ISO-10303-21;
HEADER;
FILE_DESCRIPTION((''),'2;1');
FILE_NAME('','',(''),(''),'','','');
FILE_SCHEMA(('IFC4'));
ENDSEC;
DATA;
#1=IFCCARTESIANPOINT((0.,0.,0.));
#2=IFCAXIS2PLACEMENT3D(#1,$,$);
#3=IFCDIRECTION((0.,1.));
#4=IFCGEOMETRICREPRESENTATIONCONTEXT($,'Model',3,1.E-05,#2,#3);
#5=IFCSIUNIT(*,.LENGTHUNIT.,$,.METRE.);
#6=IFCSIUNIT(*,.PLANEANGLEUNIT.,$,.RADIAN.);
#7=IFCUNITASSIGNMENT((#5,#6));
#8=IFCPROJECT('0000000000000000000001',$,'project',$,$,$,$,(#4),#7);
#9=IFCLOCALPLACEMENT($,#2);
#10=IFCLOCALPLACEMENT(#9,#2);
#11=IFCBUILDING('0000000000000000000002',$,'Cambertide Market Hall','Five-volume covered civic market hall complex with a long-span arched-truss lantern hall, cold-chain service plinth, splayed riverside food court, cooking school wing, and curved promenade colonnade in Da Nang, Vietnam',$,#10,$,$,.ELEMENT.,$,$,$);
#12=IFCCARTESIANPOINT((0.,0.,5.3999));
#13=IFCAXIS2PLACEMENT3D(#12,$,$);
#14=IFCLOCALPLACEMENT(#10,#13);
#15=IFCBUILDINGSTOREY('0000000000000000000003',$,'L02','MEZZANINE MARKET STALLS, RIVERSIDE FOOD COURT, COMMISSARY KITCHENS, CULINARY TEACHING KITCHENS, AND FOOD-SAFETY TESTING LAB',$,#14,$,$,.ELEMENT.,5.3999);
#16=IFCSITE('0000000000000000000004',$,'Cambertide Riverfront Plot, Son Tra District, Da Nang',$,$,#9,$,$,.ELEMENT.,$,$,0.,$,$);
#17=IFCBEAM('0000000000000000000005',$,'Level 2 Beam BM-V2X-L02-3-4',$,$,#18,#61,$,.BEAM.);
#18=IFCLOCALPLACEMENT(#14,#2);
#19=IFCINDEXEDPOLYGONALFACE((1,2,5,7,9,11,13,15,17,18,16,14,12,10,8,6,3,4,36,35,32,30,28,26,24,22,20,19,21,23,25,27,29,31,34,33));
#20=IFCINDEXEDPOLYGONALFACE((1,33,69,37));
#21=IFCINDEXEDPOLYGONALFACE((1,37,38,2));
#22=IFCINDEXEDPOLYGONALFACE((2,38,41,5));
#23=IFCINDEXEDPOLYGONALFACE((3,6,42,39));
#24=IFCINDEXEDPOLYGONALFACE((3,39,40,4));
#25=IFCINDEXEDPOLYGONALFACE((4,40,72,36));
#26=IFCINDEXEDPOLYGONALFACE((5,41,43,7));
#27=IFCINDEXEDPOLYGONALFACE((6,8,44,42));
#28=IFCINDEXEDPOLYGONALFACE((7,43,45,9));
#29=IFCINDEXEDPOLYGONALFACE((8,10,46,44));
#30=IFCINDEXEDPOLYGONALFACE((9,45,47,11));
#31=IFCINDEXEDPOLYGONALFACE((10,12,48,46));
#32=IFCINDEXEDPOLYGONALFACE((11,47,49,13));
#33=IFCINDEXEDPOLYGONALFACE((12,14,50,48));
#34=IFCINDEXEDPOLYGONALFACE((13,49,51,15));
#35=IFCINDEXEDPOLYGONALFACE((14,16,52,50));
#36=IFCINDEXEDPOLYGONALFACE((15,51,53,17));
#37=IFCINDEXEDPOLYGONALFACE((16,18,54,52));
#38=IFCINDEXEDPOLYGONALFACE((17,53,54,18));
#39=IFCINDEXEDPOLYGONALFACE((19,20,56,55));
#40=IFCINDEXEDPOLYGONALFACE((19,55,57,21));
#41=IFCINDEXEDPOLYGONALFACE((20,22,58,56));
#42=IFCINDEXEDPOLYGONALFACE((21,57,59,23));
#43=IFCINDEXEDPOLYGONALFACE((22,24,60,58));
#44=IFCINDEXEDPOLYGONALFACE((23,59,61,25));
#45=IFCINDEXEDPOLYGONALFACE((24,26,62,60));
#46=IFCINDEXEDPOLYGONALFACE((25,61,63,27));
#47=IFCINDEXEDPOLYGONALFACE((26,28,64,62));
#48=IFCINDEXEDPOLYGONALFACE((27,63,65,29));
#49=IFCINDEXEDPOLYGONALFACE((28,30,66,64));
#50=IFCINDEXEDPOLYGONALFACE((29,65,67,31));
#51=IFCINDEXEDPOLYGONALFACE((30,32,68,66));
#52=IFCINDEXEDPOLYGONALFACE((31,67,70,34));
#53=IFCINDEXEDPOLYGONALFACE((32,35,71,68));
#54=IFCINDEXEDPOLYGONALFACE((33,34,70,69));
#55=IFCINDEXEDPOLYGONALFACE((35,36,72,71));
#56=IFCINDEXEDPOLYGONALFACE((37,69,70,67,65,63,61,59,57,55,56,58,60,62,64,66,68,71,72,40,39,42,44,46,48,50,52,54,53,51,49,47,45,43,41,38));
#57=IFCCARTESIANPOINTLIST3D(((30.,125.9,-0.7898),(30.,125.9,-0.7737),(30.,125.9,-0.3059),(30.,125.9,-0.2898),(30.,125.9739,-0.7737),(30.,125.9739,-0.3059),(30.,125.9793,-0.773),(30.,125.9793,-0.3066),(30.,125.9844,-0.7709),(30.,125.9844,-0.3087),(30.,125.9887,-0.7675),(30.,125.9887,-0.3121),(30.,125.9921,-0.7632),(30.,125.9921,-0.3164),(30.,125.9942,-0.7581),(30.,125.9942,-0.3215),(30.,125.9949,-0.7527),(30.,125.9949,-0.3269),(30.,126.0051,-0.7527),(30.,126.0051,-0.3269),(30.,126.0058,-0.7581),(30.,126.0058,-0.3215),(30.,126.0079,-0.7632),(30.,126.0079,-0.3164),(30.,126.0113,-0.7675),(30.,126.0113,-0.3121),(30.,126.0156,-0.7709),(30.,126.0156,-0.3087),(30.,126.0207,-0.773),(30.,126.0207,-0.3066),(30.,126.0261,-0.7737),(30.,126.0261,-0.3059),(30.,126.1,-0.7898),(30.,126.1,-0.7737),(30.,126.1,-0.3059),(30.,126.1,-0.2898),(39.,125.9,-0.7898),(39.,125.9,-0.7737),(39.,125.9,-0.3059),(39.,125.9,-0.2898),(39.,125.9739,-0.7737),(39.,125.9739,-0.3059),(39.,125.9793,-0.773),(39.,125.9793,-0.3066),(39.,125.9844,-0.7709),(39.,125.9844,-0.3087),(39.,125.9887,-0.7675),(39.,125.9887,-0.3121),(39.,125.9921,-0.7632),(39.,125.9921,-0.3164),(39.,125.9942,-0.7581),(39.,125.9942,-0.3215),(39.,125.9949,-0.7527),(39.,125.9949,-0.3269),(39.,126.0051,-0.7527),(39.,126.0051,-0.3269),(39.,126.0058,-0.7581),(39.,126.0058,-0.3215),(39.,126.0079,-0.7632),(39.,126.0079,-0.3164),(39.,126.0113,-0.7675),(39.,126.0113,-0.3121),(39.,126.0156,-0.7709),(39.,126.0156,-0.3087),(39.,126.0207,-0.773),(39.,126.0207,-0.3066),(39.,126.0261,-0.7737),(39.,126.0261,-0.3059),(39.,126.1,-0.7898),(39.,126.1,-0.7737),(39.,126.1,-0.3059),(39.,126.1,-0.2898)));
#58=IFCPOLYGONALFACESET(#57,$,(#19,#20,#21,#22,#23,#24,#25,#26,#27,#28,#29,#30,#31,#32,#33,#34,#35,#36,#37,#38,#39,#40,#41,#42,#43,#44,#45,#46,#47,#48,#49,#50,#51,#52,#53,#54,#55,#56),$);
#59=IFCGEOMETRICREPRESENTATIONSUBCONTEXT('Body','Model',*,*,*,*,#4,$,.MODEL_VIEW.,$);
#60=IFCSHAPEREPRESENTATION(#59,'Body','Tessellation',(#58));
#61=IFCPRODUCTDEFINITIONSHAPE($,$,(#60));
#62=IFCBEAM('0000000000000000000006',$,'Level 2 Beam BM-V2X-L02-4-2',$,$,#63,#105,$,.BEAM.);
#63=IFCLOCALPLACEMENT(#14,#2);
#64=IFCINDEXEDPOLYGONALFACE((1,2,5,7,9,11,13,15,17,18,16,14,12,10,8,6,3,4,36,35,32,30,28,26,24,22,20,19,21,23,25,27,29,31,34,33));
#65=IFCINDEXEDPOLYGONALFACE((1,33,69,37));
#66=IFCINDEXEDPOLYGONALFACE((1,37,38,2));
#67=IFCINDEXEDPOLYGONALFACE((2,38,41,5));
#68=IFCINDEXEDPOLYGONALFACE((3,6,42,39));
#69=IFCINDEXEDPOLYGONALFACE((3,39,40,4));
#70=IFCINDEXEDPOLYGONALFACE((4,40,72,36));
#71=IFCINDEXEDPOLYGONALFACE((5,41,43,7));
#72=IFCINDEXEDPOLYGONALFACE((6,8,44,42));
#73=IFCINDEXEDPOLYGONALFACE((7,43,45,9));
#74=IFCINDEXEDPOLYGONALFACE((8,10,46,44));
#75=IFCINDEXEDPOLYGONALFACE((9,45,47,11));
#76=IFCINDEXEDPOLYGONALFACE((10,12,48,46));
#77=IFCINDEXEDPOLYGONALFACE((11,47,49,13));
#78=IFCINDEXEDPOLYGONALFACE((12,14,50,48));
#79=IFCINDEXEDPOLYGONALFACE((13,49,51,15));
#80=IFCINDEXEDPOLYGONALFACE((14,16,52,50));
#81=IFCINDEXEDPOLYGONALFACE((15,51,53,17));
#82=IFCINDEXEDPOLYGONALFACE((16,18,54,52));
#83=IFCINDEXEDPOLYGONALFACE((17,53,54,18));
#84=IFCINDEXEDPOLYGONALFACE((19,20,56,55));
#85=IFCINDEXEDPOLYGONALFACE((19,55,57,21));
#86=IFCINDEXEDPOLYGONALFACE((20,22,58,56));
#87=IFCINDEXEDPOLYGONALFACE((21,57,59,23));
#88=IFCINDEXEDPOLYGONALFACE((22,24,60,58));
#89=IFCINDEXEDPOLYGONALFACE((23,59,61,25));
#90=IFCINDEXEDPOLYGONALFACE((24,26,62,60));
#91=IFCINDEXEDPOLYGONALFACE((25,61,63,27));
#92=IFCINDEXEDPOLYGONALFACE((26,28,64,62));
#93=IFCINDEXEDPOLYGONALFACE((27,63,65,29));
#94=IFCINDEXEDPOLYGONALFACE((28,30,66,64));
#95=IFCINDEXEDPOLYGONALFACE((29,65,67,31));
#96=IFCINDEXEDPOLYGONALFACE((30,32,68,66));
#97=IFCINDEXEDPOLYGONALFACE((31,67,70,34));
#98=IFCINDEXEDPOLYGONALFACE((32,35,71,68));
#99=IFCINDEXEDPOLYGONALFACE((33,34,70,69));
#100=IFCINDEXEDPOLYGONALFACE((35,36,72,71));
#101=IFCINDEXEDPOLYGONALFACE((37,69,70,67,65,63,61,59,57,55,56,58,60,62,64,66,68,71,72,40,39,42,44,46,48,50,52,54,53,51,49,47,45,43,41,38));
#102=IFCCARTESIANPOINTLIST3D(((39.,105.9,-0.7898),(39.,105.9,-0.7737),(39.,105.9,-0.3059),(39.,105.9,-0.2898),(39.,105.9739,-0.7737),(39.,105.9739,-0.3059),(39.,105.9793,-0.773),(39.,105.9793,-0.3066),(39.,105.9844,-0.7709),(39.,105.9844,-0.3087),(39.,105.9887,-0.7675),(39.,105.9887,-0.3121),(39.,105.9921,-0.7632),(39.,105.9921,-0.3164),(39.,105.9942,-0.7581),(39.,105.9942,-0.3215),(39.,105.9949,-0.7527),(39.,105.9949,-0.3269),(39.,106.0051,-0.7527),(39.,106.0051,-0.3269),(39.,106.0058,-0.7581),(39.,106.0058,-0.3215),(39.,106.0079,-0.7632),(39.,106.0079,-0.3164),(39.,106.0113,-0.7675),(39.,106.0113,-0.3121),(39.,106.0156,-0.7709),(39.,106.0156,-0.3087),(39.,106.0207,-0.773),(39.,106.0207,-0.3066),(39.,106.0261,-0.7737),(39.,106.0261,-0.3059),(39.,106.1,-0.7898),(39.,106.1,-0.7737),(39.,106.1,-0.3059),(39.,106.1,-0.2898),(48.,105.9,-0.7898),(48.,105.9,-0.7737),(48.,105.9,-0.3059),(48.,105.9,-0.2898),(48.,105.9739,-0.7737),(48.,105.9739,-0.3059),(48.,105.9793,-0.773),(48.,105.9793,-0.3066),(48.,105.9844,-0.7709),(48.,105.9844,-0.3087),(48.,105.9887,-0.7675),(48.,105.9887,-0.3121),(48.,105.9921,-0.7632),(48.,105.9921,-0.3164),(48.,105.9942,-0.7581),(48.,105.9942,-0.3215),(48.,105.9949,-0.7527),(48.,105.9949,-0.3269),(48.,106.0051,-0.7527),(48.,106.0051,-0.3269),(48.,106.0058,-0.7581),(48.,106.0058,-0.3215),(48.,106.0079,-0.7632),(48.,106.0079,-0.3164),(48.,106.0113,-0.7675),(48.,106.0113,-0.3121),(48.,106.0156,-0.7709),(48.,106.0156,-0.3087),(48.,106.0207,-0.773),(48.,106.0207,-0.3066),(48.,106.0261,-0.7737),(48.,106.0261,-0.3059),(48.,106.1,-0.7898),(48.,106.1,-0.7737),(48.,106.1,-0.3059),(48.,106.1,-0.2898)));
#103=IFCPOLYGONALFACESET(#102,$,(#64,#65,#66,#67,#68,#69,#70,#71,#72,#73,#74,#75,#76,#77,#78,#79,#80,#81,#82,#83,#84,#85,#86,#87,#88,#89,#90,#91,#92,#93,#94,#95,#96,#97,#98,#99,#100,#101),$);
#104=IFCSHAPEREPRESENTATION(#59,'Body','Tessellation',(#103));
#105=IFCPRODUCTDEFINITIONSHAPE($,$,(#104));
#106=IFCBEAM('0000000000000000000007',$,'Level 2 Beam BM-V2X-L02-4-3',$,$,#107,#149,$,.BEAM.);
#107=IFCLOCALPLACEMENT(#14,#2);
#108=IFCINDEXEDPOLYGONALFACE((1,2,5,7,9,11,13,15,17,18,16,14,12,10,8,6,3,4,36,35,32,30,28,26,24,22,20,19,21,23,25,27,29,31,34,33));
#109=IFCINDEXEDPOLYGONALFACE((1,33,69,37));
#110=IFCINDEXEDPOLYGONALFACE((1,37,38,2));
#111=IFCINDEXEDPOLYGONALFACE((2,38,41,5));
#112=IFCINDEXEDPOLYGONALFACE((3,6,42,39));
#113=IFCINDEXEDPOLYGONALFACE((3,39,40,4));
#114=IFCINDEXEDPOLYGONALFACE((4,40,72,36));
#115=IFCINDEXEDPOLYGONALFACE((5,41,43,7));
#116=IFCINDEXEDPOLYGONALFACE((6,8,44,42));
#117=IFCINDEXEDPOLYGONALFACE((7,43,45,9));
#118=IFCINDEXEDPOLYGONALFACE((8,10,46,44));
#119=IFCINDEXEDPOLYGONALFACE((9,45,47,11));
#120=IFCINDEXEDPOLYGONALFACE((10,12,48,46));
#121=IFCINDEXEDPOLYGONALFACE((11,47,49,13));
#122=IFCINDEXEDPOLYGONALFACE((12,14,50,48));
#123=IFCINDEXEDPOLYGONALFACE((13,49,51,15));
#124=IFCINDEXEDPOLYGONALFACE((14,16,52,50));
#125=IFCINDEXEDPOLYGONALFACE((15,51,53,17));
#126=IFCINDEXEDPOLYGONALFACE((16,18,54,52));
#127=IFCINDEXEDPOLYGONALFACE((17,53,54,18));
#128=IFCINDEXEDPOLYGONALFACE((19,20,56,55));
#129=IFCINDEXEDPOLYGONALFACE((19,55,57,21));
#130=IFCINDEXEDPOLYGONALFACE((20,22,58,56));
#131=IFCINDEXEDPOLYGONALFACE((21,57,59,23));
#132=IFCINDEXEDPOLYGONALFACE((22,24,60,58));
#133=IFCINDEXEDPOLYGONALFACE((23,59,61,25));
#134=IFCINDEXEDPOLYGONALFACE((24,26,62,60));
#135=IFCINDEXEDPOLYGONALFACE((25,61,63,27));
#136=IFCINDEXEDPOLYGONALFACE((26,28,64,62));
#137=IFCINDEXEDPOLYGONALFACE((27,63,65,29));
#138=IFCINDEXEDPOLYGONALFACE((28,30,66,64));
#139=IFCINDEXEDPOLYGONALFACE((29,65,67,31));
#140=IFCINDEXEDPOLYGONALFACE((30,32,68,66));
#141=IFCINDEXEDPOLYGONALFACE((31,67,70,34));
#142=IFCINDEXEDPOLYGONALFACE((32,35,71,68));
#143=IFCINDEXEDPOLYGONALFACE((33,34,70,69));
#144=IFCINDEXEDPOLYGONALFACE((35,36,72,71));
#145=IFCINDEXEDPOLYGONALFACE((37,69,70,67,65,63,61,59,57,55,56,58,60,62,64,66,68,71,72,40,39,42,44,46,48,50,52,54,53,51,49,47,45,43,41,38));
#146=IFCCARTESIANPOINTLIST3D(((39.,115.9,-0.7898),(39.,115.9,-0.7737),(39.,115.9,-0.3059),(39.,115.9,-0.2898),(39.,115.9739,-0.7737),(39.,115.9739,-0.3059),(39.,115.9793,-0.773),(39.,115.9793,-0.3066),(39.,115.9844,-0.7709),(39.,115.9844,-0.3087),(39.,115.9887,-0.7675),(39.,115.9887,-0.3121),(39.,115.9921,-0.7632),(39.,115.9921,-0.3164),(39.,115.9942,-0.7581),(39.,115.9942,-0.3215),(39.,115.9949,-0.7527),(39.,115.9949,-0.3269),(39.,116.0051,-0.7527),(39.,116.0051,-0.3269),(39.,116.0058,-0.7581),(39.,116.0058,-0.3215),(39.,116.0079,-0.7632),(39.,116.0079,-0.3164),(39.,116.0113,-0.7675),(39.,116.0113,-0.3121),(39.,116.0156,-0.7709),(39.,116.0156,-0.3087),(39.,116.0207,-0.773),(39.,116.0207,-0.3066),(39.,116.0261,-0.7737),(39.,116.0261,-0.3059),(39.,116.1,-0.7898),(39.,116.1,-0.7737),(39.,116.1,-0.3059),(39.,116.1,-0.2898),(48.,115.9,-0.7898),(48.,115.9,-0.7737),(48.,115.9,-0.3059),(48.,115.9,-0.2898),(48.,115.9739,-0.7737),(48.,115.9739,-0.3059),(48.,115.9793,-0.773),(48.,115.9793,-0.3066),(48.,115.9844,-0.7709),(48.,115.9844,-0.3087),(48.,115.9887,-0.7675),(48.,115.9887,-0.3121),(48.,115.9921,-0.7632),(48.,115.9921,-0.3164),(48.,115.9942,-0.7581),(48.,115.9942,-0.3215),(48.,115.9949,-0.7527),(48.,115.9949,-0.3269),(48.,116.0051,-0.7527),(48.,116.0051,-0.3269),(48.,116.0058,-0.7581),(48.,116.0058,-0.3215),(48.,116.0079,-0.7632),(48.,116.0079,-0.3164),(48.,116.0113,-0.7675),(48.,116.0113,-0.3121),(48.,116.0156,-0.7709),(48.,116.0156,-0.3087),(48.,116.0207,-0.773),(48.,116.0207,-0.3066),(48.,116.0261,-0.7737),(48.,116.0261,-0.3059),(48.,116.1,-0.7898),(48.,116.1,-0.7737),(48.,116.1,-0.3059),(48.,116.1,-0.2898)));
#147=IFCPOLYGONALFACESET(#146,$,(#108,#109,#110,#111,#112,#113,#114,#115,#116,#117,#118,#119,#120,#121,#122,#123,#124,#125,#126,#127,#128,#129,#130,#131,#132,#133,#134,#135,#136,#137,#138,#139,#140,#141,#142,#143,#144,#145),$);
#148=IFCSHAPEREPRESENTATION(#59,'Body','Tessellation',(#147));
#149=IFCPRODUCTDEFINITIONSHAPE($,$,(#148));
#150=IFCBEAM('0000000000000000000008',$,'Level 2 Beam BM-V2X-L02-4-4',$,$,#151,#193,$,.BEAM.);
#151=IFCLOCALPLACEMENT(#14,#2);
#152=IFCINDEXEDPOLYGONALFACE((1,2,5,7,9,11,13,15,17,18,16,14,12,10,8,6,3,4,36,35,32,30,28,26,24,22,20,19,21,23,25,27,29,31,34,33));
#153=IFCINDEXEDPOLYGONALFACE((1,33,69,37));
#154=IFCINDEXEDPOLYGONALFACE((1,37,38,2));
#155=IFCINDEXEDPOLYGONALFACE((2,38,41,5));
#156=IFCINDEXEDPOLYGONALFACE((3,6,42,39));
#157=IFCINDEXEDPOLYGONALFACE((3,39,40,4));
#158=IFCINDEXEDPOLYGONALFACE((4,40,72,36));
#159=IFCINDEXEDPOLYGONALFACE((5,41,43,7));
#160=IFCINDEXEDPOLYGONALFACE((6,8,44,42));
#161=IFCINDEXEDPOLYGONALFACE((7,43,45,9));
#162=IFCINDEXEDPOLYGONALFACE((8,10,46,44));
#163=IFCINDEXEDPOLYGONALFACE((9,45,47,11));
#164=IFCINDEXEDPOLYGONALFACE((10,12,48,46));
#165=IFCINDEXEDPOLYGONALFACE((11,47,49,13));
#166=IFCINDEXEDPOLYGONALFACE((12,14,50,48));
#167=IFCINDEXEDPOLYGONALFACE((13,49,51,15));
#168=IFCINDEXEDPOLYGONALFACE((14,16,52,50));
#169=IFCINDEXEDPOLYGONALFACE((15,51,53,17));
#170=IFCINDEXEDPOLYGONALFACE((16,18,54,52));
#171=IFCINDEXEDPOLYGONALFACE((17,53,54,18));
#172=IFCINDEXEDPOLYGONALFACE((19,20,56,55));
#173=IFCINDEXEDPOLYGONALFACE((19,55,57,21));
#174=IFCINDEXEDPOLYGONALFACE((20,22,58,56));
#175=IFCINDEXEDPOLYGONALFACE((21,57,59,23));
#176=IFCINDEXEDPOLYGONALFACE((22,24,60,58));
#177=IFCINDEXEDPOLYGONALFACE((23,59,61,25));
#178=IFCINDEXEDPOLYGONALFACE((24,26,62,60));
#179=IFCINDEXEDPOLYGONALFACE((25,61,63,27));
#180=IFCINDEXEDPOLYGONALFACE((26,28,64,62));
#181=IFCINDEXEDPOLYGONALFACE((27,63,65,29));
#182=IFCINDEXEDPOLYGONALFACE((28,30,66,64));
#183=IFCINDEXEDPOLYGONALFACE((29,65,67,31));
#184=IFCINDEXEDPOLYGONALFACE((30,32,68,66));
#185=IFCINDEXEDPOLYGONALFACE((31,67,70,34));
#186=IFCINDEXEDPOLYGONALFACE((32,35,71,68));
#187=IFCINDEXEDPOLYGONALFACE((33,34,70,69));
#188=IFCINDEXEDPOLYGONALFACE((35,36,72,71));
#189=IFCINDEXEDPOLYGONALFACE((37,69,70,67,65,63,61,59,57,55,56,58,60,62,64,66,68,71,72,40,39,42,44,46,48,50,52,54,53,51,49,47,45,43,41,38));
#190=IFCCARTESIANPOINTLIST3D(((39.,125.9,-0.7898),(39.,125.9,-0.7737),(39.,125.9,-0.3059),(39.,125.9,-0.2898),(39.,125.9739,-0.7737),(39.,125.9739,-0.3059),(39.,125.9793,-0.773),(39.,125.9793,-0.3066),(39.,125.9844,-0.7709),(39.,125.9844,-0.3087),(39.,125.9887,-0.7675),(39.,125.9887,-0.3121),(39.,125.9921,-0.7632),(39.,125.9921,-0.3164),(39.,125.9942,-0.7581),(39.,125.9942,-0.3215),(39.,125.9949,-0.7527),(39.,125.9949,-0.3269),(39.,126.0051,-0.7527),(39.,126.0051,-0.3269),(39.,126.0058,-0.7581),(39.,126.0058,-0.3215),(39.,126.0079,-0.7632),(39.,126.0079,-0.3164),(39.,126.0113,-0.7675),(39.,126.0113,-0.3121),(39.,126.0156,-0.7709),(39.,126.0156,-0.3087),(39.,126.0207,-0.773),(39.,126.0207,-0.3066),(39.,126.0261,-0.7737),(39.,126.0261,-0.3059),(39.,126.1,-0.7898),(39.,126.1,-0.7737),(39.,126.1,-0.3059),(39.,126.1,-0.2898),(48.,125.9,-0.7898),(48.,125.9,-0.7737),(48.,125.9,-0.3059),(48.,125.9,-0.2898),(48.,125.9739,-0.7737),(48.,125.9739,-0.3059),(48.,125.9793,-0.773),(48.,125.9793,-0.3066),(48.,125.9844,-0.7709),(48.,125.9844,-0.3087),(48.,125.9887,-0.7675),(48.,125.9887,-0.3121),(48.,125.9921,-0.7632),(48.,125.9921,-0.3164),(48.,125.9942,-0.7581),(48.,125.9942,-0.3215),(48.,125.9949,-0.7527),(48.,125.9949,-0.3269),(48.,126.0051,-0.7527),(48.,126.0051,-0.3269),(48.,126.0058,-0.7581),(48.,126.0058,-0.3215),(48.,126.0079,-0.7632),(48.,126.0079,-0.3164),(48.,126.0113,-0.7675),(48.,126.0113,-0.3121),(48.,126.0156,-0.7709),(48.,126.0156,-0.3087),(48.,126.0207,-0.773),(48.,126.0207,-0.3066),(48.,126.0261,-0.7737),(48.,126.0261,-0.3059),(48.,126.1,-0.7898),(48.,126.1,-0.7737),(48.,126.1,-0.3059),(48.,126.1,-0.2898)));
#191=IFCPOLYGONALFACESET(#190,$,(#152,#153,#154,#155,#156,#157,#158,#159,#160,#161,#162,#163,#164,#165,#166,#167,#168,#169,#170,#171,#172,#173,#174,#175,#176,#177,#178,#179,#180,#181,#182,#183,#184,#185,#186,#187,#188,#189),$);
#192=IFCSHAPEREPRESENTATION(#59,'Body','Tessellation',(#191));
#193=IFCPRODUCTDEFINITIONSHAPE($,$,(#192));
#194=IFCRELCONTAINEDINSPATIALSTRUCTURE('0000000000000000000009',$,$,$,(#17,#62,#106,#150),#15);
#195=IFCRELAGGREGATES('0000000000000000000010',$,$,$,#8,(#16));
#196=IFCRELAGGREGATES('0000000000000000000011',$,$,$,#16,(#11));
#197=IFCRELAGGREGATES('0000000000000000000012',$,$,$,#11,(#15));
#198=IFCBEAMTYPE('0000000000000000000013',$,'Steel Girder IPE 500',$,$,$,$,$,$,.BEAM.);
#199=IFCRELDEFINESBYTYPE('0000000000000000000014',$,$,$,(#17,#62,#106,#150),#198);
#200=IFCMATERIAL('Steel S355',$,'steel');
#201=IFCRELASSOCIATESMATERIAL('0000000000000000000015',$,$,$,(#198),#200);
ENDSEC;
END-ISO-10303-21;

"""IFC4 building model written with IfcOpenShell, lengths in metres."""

from ifc_helpers import new_model, si_unit, direction, frame, origin, origin_2d, place, context, subcontext, project, spatial, i_section, extrude, material, material_profile, profile_set, type_object, element, save


model = new_model("IFC4")

# Units and contexts
model_context = context("Model", 3, precision=1e-05, world=origin(), true_north=direction((0.0, 1.0)))
body_context = subcontext(model_context, "Body", "Model", "MODEL_VIEW")
ifc_project = project(units=[si_unit("LENGTHUNIT", "METRE"), si_unit("PLANEANGLEUNIT", "RADIAN")], contexts=[model_context])

# Site, building, storey
site_placement = place(None, origin())
site = spatial("IfcSite", under=ifc_project, at=site_placement, Name="Cambertide Riverfront Plot, Son Tra District, Da Nang", CompositionType="ELEMENT", RefElevation=0.0)
building_placement = place(site_placement, origin())
building = spatial("IfcBuilding", under=site, at=building_placement, Name="Cambertide Market Hall", Description="Five-volume covered civic market hall complex with a long-span arched-truss lantern hall, cold-chain service plinth, splayed riverside food court, cooking school wing, and curved promenade colonnade in Da Nang, Vietnam", CompositionType="ELEMENT")
storey_placement = place(building_placement, frame((0.0, 0.0, 5.3999)))
storey = spatial("IfcBuildingStorey", under=building, at=storey_placement, Name="L02", Description="MEZZANINE MARKET STALLS, RIVERSIDE FOOD COURT, COMMISSARY KITCHENS, CULINARY TEACHING KITCHENS, AND FOOD-SAFETY TESTING LAB", CompositionType="ELEMENT", Elevation=5.3999)

# Beams
ifc_material_1 = material(Name="Steel S355", Category="steel")
ifc_material_profile_1 = material_profile(ifc_material_1, i_section(OverallWidth=0.2, OverallDepth=0.5, WebThickness=0.0103, FlangeThickness=0.0161, FilletRadius=0.021, at=origin_2d()), Name="IPE 500")
ifc_profile_set_1 = profile_set([ifc_material_profile_1], Name="Steel S355")
beam_type_1 = type_object("IfcBeamType", Name="Steel Girder IPE 500", PredefinedType="BEAM", material=ifc_profile_set_1)
for number, where, z_axis, x_axis, name in (
    (1, (30.0, 126.0, -0.5398), (1.0, 0.0, 0.0), (0.0, 1.0, 0.0), "Level 2 Beam BM-V2X-L02-3-4"),
    (2, (39.0, 106.0, -0.5398), (1.0, 0.0, 0.0), (0.0, 1.0, 0.0), "Level 2 Beam BM-V2X-L02-4-2"),
    (3, (39.0, 116.0, -0.5398), (1.0, 0.0, 0.0), (0.0, 1.0, 0.0), "Level 2 Beam BM-V2X-L02-4-3"),
    (4, (39.0, 126.0, -0.5398), (1.0, 0.0, 0.0), (0.0, 1.0, 0.0), "Level 2 Beam BM-V2X-L02-4-4"),
):
    element("IfcBeam", number, at=place(storey_placement, frame(where, z_axis=z_axis, x_axis=x_axis)), inside=storey, type_object=beam_type_1, Name=name, PredefinedType="BEAM", context=body_context, shape_type="SweptSolid", body=[
        extrude(i_section(OverallWidth=0.2, OverallDepth=0.5, WebThickness=0.0103, FlangeThickness=0.0161, FilletRadius=0.021, at=origin_2d()), origin(), (0.0, 0.0, 1.0), 9.0),
    ])

save(model, "model.ifc")
